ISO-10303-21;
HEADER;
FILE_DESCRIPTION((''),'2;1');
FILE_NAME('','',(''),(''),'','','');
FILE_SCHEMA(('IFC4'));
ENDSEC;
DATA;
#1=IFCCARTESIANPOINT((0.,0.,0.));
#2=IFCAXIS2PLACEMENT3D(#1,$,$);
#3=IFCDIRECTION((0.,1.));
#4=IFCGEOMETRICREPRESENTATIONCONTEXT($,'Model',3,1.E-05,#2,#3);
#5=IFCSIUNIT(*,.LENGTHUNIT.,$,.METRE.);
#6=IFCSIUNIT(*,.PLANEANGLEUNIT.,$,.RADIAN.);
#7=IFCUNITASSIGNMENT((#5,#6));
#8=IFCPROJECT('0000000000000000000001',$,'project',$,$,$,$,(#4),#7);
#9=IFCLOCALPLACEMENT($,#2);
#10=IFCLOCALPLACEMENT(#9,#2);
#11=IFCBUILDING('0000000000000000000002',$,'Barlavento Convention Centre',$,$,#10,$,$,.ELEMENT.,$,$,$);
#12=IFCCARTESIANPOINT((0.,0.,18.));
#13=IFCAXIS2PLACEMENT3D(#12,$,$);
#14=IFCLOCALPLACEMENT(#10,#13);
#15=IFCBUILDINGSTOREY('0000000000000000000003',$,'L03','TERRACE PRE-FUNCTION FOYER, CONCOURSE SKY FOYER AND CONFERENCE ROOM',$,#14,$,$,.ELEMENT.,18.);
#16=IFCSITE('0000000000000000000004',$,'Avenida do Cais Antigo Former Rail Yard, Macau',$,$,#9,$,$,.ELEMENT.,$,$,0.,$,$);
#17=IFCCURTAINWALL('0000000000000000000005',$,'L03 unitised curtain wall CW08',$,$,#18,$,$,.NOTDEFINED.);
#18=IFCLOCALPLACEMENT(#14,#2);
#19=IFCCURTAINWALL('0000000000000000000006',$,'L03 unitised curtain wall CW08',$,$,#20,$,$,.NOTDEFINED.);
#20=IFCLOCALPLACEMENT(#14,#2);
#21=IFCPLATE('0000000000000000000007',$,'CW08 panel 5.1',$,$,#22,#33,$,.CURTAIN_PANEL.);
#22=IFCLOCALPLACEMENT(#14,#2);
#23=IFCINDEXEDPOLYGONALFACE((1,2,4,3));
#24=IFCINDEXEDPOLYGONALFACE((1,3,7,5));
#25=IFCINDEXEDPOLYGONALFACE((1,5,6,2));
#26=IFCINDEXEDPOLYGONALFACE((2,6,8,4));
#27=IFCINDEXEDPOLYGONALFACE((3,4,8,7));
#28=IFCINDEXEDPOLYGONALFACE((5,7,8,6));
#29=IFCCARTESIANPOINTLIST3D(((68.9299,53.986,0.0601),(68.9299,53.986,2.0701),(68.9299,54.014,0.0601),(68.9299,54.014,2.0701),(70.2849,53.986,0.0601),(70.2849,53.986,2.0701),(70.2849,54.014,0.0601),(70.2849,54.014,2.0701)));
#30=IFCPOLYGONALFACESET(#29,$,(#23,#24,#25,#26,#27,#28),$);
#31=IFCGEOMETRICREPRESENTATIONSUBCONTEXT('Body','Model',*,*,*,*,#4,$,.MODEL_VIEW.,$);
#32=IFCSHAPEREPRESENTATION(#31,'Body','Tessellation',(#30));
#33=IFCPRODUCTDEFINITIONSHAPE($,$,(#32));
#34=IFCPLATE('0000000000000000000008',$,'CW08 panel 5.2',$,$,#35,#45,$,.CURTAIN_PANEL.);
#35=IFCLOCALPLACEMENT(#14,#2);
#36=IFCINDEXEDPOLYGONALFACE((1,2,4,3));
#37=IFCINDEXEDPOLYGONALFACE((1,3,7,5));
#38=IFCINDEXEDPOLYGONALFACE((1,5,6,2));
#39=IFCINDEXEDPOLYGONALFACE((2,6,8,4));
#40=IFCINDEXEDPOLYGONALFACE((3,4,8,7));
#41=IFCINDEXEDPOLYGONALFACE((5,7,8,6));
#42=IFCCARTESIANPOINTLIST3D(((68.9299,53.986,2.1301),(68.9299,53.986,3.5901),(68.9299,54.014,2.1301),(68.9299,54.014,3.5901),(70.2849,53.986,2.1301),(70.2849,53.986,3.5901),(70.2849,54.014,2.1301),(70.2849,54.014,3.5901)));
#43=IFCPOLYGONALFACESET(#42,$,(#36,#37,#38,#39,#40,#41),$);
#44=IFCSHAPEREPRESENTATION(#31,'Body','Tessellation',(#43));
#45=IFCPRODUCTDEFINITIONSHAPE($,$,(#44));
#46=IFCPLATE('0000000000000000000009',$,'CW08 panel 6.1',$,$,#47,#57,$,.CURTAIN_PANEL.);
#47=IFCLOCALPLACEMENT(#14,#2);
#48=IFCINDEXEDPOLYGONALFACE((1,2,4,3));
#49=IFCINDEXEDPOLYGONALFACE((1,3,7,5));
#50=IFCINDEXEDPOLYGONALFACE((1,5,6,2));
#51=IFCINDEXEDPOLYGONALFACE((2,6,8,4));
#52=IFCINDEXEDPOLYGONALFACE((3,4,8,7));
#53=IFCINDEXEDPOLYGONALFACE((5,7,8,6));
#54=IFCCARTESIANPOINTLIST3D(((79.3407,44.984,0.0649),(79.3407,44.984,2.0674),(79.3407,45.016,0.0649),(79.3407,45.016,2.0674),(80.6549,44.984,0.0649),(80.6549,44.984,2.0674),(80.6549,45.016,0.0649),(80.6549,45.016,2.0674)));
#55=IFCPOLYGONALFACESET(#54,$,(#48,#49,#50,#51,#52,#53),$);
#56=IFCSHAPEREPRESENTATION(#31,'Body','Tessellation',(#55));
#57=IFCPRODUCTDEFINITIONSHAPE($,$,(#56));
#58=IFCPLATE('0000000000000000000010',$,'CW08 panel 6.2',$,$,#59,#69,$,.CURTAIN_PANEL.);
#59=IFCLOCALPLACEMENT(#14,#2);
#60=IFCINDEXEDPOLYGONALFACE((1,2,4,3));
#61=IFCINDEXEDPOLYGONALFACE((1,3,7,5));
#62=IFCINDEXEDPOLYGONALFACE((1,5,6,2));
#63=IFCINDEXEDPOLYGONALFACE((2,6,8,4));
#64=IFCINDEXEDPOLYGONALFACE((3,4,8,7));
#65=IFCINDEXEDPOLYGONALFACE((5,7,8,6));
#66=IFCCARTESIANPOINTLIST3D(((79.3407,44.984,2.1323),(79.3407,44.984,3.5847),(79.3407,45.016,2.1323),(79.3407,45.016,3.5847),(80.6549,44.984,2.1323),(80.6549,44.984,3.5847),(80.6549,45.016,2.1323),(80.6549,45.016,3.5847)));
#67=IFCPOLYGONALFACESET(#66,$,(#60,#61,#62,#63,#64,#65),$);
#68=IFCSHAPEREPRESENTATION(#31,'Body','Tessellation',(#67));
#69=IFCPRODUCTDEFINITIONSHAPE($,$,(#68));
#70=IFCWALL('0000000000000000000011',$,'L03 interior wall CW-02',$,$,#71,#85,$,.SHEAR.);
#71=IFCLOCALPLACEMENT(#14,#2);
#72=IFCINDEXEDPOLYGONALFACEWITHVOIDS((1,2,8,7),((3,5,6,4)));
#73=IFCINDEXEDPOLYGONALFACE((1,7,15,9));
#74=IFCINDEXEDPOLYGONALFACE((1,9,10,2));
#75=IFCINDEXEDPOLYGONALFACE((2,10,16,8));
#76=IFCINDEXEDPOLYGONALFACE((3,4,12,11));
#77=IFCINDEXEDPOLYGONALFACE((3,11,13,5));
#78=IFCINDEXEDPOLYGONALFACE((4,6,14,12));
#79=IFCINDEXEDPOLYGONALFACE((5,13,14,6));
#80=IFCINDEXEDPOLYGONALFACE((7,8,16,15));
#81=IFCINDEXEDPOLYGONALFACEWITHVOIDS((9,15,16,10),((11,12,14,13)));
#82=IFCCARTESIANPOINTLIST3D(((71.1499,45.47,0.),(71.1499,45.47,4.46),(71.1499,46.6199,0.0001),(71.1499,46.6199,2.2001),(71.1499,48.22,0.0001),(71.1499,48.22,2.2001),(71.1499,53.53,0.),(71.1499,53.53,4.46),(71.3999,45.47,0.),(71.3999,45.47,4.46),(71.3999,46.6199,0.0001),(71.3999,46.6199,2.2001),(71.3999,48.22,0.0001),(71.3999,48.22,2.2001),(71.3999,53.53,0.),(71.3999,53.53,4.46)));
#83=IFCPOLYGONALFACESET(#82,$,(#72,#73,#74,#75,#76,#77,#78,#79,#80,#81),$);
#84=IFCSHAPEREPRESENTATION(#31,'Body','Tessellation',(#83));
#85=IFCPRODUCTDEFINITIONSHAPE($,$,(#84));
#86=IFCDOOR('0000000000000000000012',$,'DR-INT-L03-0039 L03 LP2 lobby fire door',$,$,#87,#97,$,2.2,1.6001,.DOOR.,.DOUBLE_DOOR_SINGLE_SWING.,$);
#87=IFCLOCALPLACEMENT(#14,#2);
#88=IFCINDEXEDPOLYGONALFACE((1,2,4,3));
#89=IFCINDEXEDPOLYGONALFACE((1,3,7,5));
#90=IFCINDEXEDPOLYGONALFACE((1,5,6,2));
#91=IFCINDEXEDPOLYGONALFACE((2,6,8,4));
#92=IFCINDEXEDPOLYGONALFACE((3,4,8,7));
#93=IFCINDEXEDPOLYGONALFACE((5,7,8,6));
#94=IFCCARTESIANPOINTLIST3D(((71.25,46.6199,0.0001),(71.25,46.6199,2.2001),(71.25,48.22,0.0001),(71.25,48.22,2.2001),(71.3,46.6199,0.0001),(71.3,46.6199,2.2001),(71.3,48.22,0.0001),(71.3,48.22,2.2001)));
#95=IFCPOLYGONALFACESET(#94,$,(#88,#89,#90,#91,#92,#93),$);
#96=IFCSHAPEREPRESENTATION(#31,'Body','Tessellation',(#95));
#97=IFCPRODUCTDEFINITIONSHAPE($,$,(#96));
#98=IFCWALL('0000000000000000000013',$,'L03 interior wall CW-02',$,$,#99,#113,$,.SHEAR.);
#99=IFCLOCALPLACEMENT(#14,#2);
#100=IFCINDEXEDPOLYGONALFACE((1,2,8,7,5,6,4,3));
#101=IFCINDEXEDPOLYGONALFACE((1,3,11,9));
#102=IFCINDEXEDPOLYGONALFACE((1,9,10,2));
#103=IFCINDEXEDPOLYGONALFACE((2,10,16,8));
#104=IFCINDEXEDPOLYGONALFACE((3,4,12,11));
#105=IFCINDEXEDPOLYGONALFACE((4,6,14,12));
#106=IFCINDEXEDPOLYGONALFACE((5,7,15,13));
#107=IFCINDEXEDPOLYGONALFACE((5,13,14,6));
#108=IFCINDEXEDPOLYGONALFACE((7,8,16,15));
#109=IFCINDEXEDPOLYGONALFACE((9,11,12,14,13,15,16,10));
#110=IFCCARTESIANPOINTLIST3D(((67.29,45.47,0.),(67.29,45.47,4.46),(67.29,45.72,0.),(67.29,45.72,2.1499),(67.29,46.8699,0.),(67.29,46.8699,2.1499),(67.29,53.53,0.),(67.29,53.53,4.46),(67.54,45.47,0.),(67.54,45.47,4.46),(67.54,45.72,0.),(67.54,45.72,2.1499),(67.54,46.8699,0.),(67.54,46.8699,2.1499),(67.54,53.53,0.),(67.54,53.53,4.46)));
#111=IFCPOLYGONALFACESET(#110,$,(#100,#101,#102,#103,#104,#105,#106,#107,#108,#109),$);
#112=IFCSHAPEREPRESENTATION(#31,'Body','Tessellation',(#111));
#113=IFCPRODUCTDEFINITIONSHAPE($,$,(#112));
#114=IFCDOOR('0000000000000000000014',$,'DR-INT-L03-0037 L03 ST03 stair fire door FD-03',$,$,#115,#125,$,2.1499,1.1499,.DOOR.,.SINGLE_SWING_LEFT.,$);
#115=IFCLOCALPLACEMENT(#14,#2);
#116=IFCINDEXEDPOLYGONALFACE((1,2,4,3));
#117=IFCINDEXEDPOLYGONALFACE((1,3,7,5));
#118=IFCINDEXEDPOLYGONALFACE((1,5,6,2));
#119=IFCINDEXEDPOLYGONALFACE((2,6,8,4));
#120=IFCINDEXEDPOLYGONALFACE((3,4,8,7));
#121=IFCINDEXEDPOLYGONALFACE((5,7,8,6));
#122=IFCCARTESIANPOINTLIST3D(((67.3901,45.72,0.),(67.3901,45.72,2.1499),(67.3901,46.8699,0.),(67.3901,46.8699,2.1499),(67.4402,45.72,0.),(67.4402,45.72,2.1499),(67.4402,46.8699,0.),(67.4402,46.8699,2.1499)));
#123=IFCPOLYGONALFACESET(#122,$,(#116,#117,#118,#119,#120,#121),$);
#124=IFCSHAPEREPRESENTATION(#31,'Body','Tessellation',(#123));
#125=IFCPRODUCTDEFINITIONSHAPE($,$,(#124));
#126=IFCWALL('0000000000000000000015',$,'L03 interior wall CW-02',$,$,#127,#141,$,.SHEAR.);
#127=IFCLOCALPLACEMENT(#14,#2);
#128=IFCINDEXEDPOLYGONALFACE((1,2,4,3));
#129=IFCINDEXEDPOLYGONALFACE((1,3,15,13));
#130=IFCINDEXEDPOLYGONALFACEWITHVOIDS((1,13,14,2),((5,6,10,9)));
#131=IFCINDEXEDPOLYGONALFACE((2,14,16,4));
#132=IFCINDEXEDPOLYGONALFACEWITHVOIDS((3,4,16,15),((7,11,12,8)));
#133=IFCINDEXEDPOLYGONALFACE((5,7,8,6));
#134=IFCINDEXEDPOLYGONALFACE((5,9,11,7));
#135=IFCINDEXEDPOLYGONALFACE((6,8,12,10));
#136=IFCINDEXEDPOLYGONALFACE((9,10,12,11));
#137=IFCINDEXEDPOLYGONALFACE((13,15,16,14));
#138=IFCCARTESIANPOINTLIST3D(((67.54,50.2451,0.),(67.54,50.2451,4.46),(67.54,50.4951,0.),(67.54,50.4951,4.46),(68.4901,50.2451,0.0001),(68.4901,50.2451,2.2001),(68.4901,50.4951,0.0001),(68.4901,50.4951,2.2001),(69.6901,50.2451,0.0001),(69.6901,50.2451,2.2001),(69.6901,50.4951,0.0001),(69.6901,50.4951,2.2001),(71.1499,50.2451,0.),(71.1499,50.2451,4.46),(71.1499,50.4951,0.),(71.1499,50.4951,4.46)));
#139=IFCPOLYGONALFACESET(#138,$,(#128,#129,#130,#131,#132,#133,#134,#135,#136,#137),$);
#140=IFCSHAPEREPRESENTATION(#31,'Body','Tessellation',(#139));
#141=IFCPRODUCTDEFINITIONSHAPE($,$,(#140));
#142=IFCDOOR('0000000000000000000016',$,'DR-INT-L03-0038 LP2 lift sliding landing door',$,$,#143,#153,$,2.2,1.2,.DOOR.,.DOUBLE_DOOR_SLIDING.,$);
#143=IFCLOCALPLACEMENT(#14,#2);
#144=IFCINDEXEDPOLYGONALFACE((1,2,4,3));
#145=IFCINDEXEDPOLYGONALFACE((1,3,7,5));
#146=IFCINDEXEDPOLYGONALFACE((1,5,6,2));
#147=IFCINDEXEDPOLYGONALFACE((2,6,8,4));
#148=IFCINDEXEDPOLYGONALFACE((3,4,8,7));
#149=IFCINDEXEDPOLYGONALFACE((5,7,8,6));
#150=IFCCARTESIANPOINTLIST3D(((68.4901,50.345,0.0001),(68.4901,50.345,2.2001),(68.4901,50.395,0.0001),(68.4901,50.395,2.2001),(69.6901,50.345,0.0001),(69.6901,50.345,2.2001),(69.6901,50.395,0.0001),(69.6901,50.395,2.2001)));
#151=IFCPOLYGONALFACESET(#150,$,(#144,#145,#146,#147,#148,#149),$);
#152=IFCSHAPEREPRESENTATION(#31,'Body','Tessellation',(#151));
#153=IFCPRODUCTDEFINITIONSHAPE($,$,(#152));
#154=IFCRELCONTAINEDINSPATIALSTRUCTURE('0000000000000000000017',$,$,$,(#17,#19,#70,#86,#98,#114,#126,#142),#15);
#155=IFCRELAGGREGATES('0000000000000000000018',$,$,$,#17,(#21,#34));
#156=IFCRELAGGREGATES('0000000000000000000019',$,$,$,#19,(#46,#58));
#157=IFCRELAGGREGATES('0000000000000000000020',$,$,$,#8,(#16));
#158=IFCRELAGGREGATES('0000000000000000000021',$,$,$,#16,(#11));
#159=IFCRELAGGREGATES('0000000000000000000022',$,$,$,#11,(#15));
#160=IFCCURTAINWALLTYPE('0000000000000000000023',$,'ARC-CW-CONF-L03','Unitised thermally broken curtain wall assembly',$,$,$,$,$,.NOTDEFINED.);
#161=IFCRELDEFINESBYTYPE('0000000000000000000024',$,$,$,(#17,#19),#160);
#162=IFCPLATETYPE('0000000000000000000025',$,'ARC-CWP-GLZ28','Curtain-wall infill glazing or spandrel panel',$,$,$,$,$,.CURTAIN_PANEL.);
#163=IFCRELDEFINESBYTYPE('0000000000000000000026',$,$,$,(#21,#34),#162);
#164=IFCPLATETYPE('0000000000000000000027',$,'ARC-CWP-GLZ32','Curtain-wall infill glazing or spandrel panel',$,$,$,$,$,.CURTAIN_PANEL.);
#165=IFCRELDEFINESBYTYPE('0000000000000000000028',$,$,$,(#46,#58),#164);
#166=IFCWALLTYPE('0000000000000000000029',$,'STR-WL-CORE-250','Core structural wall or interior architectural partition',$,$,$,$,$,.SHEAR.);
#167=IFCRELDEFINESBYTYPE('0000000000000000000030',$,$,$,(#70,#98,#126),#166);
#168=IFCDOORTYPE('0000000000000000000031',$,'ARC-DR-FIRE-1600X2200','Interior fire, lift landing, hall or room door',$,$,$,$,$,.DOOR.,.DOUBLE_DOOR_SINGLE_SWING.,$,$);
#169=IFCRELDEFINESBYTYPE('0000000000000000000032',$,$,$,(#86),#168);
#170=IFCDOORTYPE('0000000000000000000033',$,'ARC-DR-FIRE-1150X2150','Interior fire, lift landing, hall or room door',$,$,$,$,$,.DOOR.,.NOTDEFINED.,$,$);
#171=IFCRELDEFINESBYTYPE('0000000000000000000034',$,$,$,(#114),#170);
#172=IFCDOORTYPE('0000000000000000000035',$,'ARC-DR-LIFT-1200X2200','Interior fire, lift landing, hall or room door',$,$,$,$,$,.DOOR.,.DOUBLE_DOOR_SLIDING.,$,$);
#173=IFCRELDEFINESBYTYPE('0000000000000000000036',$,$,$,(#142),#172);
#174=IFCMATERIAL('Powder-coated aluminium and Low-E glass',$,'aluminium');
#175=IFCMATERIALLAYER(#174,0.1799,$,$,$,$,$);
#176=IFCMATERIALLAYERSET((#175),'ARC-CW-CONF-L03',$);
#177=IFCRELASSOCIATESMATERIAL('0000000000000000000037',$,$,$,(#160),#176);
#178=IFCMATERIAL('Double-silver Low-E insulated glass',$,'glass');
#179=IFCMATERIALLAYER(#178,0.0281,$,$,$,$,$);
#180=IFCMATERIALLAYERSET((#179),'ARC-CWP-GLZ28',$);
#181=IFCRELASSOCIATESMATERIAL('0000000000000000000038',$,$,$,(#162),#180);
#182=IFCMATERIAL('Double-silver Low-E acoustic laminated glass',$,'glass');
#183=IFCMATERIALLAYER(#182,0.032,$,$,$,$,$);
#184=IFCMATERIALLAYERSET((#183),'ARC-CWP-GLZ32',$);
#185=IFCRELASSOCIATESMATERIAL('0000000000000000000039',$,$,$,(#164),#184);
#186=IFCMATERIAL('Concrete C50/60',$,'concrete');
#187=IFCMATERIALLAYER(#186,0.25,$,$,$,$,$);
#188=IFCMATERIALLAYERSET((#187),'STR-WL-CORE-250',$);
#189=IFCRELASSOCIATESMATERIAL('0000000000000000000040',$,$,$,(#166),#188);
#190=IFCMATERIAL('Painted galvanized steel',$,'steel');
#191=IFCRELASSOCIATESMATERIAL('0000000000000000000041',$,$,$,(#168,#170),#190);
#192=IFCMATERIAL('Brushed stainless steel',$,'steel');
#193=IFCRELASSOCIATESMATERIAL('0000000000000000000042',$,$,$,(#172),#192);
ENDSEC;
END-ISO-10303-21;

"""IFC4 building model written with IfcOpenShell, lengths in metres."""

from ifc_helpers import new_model, si_unit, direction, frame, frame_2d, origin, origin_2d, place, context, subcontext, project, spatial, rectangle, extrude, material, layer, layer_set, type_object, element, fill, aggregate, save


model = new_model("IFC4")

# Units and contexts
model_context = context("Model", 3, precision=1e-05, world=origin(), true_north=direction((0.0, 1.0)))
body_context = subcontext(model_context, "Body", "Model", "MODEL_VIEW")
ifc_project = project(units=[si_unit("LENGTHUNIT", "METRE"), si_unit("PLANEANGLEUNIT", "RADIAN")], contexts=[model_context])

# Site, building, storey
site_placement = place(None, origin())
site = spatial("IfcSite", under=ifc_project, at=site_placement, Name="Avenida do Cais Antigo Former Rail Yard, Macau", CompositionType="ELEMENT", RefElevation=0.0)
building_placement = place(site_placement, origin())
building = spatial("IfcBuilding", under=site, at=building_placement, Name="Barlavento Convention Centre", CompositionType="ELEMENT")
storey_placement = place(building_placement, frame((0.0, 0.0, 18.0)))
storey = spatial("IfcBuildingStorey", under=building, at=storey_placement, Name="L03", Description="TERRACE PRE-FUNCTION FOYER, CONCOURSE SKY FOYER AND CONFERENCE ROOM", CompositionType="ELEMENT", Elevation=18.0)

# Curtain walls
ifc_material_1 = material(Name="Powder-coated aluminium and Low-E glass", Category="aluminium")
ifc_layer_1 = layer(ifc_material_1, 0.1799)
ifc_layer_set_1 = layer_set([ifc_layer_1], Name="ARC-CW-CONF-L03")
curtain_wall_type = type_object("IfcCurtainWallType", Name="ARC-CW-CONF-L03", Description="Unitised thermally broken curtain wall assembly", PredefinedType="NOTDEFINED", material=ifc_layer_set_1)
curtain_wall_1_placement = place(storey_placement, origin())
curtain_wall_1 = element("IfcCurtainWall", 1, at=curtain_wall_1_placement, inside=storey, type_object=curtain_wall_type, Name="L03 unitised curtain wall CW08", PredefinedType="NOTDEFINED")
curtain_wall_2_placement = place(storey_placement, origin())
curtain_wall_2 = element("IfcCurtainWall", 2, at=curtain_wall_2_placement, inside=storey, type_object=curtain_wall_type, Name="L03 unitised curtain wall CW08", PredefinedType="NOTDEFINED")

# Plates
ifc_material_2 = material(Name="Double-silver Low-E insulated glass", Category="glass")
ifc_layer_2 = layer(ifc_material_2, 0.0281)
ifc_layer_set_2 = layer_set([ifc_layer_2], Name="ARC-CWP-GLZ28")
plate_type_1 = type_object("IfcPlateType", Name="ARC-CWP-GLZ28", Description="Curtain-wall infill glazing or spandrel panel", PredefinedType="CURTAIN_PANEL", material=ifc_layer_set_2)
plate_1_placement = place(storey_placement, frame((69.6074, 54.0, 0.0601), z_axis=(0.0, 0.0, 1.0), x_axis=(1.0, 0.0, 0.0)))
plate_1 = element("IfcPlate", 3, at=plate_1_placement, type_object=plate_type_1, Name="CW08 panel 5.1", PredefinedType="CURTAIN_PANEL", context=body_context, shape_type="SweptSolid", body=[
    extrude(rectangle(XDim=1.355, YDim=0.0281, at=origin_2d()), origin(), (0.0, 0.0, 1.0), 2.01),
])
plate_2_placement = place(storey_placement, frame((69.6074, 54.0, 2.1301), z_axis=(0.0, 0.0, 1.0), x_axis=(1.0, 0.0, 0.0)))
plate_2 = element("IfcPlate", 4, at=plate_2_placement, type_object=plate_type_1, Name="CW08 panel 5.2", PredefinedType="CURTAIN_PANEL", context=body_context, shape_type="SweptSolid", body=[
    extrude(rectangle(XDim=1.355, YDim=0.0281, at=origin_2d()), origin(), (0.0, 0.0, 1.0), 1.46),
])
aggregate(curtain_wall_1, [plate_1, plate_2])
ifc_material_3 = material(Name="Double-silver Low-E acoustic laminated glass", Category="glass")
ifc_layer_3 = layer(ifc_material_3, 0.032)
ifc_layer_set_3 = layer_set([ifc_layer_3], Name="ARC-CWP-GLZ32")
plate_type_2 = type_object("IfcPlateType", Name="ARC-CWP-GLZ32", Description="Curtain-wall infill glazing or spandrel panel", PredefinedType="CURTAIN_PANEL", material=ifc_layer_set_3)
plate_3_placement = place(storey_placement, frame((79.9978, 45.0, 0.0649), z_axis=(0.0, 0.0, 1.0), x_axis=(1.0, 0.0, 0.0)))
plate_3 = element("IfcPlate", 5, at=plate_3_placement, type_object=plate_type_2, Name="CW08 panel 6.1", PredefinedType="CURTAIN_PANEL", context=body_context, shape_type="SweptSolid", body=[
    extrude(rectangle(XDim=1.3142, YDim=0.032, at=origin_2d()), origin(), (0.0, 0.0, 1.0), 2.0024),
])
plate_4_placement = place(storey_placement, frame((79.9978, 45.0, 2.1323), z_axis=(0.0, 0.0, 1.0), x_axis=(1.0, 0.0, 0.0)))
plate_4 = element("IfcPlate", 6, at=plate_4_placement, type_object=plate_type_2, Name="CW08 panel 6.2", PredefinedType="CURTAIN_PANEL", context=body_context, shape_type="SweptSolid", body=[
    extrude(rectangle(XDim=1.3142, YDim=0.032, at=origin_2d()), origin(), (0.0, 0.0, 1.0), 1.4524),
])
aggregate(curtain_wall_2, [plate_3, plate_4])

# Walls, openings, doors
ifc_material_4 = material(Name="Concrete C50/60", Category="concrete")
ifc_layer_4 = layer(ifc_material_4, 0.25)
ifc_layer_set_4 = layer_set([ifc_layer_4], Name="STR-WL-CORE-250")
wall_type = type_object("IfcWallType", Name="STR-WL-CORE-250", Description="Core structural wall or interior architectural partition", PredefinedType="SHEAR", material=ifc_layer_set_4)
wall_1_placement = place(storey_placement, frame((71.2749, 45.47, 0.0), z_axis=(0.0, 0.0, 1.0), x_axis=(0.0, 1.0, 0.0)))
wall_1 = element("IfcWall", 7, at=wall_1_placement, inside=storey, type_object=wall_type, Name="L03 interior wall CW-02", PredefinedType="SHEAR", context=body_context, shape_type="SweptSolid", body=[
    extrude(rectangle(XDim=8.0601, YDim=0.25, at=frame_2d((4.03, 0.0))), origin(), (0.0, 0.0, 1.0), 4.46),
])
opening_1_placement = place(wall_1_placement, frame((1.1499, 0.0, 0.0)))
opening_1 = element("IfcOpeningElement", 8, at=opening_1_placement, cuts=wall_1, PredefinedType="OPENING", context=body_context, shape_type="SweptSolid", body=[
    extrude(rectangle(XDim=1.6001, YDim=2.2, at=frame_2d((0.8, 1.1001))), frame((0.0, 0.135, 0.0), z_axis=(0.0, -1.0, 0.0), x_axis=(1.0, 0.0, 0.0)), (0.0, 0.0, 1.0), 0.27),
])
ifc_material_5 = material(Name="Painted galvanized steel", Category="steel")
door_type_1 = type_object("IfcDoorType", Name="ARC-DR-FIRE-1600X2200", Description="Interior fire, lift landing, hall or room door", OperationType="DOUBLE_DOOR_SINGLE_SWING", PredefinedType="DOOR", material=ifc_material_5)
door_1_placement = place(opening_1_placement, origin())
door_1 = element("IfcDoor", 9, at=door_1_placement, inside=storey, type_object=door_type_1, Name="DR-INT-L03-0039 L03 LP2 lobby fire door", OperationType="DOUBLE_DOOR_SINGLE_SWING", OverallHeight=2.2, OverallWidth=1.6001, PredefinedType="DOOR", context=body_context, shape_type="SweptSolid", body=[
    extrude(rectangle(XDim=1.6001, YDim=2.2, at=frame_2d((0.8, 1.1001))), frame((0.0, 0.0249, 0.0), z_axis=(0.0, -1.0, 0.0), x_axis=(1.0, 0.0, 0.0)), (0.0, 0.0, 1.0), 0.05),
])
fill(opening_1, door_1)
wall_2_placement = place(storey_placement, frame((67.415, 45.47, 0.0), z_axis=(0.0, 0.0, 1.0), x_axis=(0.0, 1.0, 0.0)))
wall_2 = element("IfcWall", 10, at=wall_2_placement, inside=storey, type_object=wall_type, Name="L03 interior wall CW-02", PredefinedType="SHEAR", context=body_context, shape_type="SweptSolid", body=[
    extrude(rectangle(XDim=8.0601, YDim=0.25, at=frame_2d((4.03, 0.0))), origin(), (0.0, 0.0, 1.0), 4.46),
])
opening_2_placement = place(wall_2_placement, frame((0.25, 0.0, 0.0)))
opening_2 = element("IfcOpeningElement", 11, at=opening_2_placement, cuts=wall_2, PredefinedType="OPENING", context=body_context, shape_type="SweptSolid", body=[
    extrude(rectangle(XDim=1.1499, YDim=2.1499, at=frame_2d((0.575, 1.075))), frame((0.0, 0.135, 0.0), z_axis=(0.0, -1.0, 0.0), x_axis=(1.0, 0.0, 0.0)), (0.0, 0.0, 1.0), 0.27),
])
door_type_2 = type_object("IfcDoorType", Name="ARC-DR-FIRE-1150X2150", Description="Interior fire, lift landing, hall or room door", OperationType="NOTDEFINED", PredefinedType="DOOR", material=ifc_material_5)
door_2_placement = place(opening_2_placement, origin())
door_2 = element("IfcDoor", 12, at=door_2_placement, inside=storey, type_object=door_type_2, Name="DR-INT-L03-0037 L03 ST03 stair fire door FD-03", OperationType="SINGLE_SWING_LEFT", OverallHeight=2.1499, OverallWidth=1.1499, PredefinedType="DOOR", context=body_context, shape_type="SweptSolid", body=[
    extrude(rectangle(XDim=1.1499, YDim=2.1499, at=frame_2d((0.575, 1.075))), frame((0.0, 0.0249, 0.0), z_axis=(0.0, -1.0, 0.0), x_axis=(1.0, 0.0, 0.0)), (0.0, 0.0, 1.0), 0.05),
])
fill(opening_2, door_2)
wall_3_placement = place(storey_placement, frame((67.54, 50.3701, 0.0), z_axis=(0.0, 0.0, 1.0), x_axis=(1.0, 0.0, 0.0)))
wall_3 = element("IfcWall", 13, at=wall_3_placement, inside=storey, type_object=wall_type, Name="L03 interior wall CW-02", PredefinedType="SHEAR", context=body_context, shape_type="SweptSolid", body=[
    extrude(rectangle(XDim=3.6099, YDim=0.25, at=frame_2d((1.8049, 0.0))), origin(), (0.0, 0.0, 1.0), 4.46),
])
opening_3_placement = place(wall_3_placement, frame((0.95, 0.0, 0.0)))
opening_3 = element("IfcOpeningElement", 14, at=opening_3_placement, cuts=wall_3, PredefinedType="OPENING", context=body_context, shape_type="SweptSolid", body=[
    extrude(rectangle(XDim=1.2, YDim=2.2, at=frame_2d((0.6001, 1.1001))), frame((0.0, 0.135, 0.0), z_axis=(0.0, -1.0, 0.0), x_axis=(1.0, 0.0, 0.0)), (0.0, 0.0, 1.0), 0.27),
])
ifc_material_6 = material(Name="Brushed stainless steel", Category="steel")
door_type_3 = type_object("IfcDoorType", Name="ARC-DR-LIFT-1200X2200", Description="Interior fire, lift landing, hall or room door", OperationType="DOUBLE_DOOR_SLIDING", PredefinedType="DOOR", material=ifc_material_6)
door_3_placement = place(opening_3_placement, origin())
door_3 = element("IfcDoor", 15, at=door_3_placement, inside=storey, type_object=door_type_3, Name="DR-INT-L03-0038 LP2 lift sliding landing door", OperationType="DOUBLE_DOOR_SLIDING", OverallHeight=2.2, OverallWidth=1.2, PredefinedType="DOOR", context=body_context, shape_type="SweptSolid", body=[
    extrude(rectangle(XDim=1.2, YDim=2.2, at=frame_2d((0.6001, 1.1001))), frame((0.0, 0.0249, 0.0), z_axis=(0.0, -1.0, 0.0), x_axis=(1.0, 0.0, 0.0)), (0.0, 0.0, 1.0), 0.05),
])
fill(opening_3, door_3)

save(model, "model.ifc")
